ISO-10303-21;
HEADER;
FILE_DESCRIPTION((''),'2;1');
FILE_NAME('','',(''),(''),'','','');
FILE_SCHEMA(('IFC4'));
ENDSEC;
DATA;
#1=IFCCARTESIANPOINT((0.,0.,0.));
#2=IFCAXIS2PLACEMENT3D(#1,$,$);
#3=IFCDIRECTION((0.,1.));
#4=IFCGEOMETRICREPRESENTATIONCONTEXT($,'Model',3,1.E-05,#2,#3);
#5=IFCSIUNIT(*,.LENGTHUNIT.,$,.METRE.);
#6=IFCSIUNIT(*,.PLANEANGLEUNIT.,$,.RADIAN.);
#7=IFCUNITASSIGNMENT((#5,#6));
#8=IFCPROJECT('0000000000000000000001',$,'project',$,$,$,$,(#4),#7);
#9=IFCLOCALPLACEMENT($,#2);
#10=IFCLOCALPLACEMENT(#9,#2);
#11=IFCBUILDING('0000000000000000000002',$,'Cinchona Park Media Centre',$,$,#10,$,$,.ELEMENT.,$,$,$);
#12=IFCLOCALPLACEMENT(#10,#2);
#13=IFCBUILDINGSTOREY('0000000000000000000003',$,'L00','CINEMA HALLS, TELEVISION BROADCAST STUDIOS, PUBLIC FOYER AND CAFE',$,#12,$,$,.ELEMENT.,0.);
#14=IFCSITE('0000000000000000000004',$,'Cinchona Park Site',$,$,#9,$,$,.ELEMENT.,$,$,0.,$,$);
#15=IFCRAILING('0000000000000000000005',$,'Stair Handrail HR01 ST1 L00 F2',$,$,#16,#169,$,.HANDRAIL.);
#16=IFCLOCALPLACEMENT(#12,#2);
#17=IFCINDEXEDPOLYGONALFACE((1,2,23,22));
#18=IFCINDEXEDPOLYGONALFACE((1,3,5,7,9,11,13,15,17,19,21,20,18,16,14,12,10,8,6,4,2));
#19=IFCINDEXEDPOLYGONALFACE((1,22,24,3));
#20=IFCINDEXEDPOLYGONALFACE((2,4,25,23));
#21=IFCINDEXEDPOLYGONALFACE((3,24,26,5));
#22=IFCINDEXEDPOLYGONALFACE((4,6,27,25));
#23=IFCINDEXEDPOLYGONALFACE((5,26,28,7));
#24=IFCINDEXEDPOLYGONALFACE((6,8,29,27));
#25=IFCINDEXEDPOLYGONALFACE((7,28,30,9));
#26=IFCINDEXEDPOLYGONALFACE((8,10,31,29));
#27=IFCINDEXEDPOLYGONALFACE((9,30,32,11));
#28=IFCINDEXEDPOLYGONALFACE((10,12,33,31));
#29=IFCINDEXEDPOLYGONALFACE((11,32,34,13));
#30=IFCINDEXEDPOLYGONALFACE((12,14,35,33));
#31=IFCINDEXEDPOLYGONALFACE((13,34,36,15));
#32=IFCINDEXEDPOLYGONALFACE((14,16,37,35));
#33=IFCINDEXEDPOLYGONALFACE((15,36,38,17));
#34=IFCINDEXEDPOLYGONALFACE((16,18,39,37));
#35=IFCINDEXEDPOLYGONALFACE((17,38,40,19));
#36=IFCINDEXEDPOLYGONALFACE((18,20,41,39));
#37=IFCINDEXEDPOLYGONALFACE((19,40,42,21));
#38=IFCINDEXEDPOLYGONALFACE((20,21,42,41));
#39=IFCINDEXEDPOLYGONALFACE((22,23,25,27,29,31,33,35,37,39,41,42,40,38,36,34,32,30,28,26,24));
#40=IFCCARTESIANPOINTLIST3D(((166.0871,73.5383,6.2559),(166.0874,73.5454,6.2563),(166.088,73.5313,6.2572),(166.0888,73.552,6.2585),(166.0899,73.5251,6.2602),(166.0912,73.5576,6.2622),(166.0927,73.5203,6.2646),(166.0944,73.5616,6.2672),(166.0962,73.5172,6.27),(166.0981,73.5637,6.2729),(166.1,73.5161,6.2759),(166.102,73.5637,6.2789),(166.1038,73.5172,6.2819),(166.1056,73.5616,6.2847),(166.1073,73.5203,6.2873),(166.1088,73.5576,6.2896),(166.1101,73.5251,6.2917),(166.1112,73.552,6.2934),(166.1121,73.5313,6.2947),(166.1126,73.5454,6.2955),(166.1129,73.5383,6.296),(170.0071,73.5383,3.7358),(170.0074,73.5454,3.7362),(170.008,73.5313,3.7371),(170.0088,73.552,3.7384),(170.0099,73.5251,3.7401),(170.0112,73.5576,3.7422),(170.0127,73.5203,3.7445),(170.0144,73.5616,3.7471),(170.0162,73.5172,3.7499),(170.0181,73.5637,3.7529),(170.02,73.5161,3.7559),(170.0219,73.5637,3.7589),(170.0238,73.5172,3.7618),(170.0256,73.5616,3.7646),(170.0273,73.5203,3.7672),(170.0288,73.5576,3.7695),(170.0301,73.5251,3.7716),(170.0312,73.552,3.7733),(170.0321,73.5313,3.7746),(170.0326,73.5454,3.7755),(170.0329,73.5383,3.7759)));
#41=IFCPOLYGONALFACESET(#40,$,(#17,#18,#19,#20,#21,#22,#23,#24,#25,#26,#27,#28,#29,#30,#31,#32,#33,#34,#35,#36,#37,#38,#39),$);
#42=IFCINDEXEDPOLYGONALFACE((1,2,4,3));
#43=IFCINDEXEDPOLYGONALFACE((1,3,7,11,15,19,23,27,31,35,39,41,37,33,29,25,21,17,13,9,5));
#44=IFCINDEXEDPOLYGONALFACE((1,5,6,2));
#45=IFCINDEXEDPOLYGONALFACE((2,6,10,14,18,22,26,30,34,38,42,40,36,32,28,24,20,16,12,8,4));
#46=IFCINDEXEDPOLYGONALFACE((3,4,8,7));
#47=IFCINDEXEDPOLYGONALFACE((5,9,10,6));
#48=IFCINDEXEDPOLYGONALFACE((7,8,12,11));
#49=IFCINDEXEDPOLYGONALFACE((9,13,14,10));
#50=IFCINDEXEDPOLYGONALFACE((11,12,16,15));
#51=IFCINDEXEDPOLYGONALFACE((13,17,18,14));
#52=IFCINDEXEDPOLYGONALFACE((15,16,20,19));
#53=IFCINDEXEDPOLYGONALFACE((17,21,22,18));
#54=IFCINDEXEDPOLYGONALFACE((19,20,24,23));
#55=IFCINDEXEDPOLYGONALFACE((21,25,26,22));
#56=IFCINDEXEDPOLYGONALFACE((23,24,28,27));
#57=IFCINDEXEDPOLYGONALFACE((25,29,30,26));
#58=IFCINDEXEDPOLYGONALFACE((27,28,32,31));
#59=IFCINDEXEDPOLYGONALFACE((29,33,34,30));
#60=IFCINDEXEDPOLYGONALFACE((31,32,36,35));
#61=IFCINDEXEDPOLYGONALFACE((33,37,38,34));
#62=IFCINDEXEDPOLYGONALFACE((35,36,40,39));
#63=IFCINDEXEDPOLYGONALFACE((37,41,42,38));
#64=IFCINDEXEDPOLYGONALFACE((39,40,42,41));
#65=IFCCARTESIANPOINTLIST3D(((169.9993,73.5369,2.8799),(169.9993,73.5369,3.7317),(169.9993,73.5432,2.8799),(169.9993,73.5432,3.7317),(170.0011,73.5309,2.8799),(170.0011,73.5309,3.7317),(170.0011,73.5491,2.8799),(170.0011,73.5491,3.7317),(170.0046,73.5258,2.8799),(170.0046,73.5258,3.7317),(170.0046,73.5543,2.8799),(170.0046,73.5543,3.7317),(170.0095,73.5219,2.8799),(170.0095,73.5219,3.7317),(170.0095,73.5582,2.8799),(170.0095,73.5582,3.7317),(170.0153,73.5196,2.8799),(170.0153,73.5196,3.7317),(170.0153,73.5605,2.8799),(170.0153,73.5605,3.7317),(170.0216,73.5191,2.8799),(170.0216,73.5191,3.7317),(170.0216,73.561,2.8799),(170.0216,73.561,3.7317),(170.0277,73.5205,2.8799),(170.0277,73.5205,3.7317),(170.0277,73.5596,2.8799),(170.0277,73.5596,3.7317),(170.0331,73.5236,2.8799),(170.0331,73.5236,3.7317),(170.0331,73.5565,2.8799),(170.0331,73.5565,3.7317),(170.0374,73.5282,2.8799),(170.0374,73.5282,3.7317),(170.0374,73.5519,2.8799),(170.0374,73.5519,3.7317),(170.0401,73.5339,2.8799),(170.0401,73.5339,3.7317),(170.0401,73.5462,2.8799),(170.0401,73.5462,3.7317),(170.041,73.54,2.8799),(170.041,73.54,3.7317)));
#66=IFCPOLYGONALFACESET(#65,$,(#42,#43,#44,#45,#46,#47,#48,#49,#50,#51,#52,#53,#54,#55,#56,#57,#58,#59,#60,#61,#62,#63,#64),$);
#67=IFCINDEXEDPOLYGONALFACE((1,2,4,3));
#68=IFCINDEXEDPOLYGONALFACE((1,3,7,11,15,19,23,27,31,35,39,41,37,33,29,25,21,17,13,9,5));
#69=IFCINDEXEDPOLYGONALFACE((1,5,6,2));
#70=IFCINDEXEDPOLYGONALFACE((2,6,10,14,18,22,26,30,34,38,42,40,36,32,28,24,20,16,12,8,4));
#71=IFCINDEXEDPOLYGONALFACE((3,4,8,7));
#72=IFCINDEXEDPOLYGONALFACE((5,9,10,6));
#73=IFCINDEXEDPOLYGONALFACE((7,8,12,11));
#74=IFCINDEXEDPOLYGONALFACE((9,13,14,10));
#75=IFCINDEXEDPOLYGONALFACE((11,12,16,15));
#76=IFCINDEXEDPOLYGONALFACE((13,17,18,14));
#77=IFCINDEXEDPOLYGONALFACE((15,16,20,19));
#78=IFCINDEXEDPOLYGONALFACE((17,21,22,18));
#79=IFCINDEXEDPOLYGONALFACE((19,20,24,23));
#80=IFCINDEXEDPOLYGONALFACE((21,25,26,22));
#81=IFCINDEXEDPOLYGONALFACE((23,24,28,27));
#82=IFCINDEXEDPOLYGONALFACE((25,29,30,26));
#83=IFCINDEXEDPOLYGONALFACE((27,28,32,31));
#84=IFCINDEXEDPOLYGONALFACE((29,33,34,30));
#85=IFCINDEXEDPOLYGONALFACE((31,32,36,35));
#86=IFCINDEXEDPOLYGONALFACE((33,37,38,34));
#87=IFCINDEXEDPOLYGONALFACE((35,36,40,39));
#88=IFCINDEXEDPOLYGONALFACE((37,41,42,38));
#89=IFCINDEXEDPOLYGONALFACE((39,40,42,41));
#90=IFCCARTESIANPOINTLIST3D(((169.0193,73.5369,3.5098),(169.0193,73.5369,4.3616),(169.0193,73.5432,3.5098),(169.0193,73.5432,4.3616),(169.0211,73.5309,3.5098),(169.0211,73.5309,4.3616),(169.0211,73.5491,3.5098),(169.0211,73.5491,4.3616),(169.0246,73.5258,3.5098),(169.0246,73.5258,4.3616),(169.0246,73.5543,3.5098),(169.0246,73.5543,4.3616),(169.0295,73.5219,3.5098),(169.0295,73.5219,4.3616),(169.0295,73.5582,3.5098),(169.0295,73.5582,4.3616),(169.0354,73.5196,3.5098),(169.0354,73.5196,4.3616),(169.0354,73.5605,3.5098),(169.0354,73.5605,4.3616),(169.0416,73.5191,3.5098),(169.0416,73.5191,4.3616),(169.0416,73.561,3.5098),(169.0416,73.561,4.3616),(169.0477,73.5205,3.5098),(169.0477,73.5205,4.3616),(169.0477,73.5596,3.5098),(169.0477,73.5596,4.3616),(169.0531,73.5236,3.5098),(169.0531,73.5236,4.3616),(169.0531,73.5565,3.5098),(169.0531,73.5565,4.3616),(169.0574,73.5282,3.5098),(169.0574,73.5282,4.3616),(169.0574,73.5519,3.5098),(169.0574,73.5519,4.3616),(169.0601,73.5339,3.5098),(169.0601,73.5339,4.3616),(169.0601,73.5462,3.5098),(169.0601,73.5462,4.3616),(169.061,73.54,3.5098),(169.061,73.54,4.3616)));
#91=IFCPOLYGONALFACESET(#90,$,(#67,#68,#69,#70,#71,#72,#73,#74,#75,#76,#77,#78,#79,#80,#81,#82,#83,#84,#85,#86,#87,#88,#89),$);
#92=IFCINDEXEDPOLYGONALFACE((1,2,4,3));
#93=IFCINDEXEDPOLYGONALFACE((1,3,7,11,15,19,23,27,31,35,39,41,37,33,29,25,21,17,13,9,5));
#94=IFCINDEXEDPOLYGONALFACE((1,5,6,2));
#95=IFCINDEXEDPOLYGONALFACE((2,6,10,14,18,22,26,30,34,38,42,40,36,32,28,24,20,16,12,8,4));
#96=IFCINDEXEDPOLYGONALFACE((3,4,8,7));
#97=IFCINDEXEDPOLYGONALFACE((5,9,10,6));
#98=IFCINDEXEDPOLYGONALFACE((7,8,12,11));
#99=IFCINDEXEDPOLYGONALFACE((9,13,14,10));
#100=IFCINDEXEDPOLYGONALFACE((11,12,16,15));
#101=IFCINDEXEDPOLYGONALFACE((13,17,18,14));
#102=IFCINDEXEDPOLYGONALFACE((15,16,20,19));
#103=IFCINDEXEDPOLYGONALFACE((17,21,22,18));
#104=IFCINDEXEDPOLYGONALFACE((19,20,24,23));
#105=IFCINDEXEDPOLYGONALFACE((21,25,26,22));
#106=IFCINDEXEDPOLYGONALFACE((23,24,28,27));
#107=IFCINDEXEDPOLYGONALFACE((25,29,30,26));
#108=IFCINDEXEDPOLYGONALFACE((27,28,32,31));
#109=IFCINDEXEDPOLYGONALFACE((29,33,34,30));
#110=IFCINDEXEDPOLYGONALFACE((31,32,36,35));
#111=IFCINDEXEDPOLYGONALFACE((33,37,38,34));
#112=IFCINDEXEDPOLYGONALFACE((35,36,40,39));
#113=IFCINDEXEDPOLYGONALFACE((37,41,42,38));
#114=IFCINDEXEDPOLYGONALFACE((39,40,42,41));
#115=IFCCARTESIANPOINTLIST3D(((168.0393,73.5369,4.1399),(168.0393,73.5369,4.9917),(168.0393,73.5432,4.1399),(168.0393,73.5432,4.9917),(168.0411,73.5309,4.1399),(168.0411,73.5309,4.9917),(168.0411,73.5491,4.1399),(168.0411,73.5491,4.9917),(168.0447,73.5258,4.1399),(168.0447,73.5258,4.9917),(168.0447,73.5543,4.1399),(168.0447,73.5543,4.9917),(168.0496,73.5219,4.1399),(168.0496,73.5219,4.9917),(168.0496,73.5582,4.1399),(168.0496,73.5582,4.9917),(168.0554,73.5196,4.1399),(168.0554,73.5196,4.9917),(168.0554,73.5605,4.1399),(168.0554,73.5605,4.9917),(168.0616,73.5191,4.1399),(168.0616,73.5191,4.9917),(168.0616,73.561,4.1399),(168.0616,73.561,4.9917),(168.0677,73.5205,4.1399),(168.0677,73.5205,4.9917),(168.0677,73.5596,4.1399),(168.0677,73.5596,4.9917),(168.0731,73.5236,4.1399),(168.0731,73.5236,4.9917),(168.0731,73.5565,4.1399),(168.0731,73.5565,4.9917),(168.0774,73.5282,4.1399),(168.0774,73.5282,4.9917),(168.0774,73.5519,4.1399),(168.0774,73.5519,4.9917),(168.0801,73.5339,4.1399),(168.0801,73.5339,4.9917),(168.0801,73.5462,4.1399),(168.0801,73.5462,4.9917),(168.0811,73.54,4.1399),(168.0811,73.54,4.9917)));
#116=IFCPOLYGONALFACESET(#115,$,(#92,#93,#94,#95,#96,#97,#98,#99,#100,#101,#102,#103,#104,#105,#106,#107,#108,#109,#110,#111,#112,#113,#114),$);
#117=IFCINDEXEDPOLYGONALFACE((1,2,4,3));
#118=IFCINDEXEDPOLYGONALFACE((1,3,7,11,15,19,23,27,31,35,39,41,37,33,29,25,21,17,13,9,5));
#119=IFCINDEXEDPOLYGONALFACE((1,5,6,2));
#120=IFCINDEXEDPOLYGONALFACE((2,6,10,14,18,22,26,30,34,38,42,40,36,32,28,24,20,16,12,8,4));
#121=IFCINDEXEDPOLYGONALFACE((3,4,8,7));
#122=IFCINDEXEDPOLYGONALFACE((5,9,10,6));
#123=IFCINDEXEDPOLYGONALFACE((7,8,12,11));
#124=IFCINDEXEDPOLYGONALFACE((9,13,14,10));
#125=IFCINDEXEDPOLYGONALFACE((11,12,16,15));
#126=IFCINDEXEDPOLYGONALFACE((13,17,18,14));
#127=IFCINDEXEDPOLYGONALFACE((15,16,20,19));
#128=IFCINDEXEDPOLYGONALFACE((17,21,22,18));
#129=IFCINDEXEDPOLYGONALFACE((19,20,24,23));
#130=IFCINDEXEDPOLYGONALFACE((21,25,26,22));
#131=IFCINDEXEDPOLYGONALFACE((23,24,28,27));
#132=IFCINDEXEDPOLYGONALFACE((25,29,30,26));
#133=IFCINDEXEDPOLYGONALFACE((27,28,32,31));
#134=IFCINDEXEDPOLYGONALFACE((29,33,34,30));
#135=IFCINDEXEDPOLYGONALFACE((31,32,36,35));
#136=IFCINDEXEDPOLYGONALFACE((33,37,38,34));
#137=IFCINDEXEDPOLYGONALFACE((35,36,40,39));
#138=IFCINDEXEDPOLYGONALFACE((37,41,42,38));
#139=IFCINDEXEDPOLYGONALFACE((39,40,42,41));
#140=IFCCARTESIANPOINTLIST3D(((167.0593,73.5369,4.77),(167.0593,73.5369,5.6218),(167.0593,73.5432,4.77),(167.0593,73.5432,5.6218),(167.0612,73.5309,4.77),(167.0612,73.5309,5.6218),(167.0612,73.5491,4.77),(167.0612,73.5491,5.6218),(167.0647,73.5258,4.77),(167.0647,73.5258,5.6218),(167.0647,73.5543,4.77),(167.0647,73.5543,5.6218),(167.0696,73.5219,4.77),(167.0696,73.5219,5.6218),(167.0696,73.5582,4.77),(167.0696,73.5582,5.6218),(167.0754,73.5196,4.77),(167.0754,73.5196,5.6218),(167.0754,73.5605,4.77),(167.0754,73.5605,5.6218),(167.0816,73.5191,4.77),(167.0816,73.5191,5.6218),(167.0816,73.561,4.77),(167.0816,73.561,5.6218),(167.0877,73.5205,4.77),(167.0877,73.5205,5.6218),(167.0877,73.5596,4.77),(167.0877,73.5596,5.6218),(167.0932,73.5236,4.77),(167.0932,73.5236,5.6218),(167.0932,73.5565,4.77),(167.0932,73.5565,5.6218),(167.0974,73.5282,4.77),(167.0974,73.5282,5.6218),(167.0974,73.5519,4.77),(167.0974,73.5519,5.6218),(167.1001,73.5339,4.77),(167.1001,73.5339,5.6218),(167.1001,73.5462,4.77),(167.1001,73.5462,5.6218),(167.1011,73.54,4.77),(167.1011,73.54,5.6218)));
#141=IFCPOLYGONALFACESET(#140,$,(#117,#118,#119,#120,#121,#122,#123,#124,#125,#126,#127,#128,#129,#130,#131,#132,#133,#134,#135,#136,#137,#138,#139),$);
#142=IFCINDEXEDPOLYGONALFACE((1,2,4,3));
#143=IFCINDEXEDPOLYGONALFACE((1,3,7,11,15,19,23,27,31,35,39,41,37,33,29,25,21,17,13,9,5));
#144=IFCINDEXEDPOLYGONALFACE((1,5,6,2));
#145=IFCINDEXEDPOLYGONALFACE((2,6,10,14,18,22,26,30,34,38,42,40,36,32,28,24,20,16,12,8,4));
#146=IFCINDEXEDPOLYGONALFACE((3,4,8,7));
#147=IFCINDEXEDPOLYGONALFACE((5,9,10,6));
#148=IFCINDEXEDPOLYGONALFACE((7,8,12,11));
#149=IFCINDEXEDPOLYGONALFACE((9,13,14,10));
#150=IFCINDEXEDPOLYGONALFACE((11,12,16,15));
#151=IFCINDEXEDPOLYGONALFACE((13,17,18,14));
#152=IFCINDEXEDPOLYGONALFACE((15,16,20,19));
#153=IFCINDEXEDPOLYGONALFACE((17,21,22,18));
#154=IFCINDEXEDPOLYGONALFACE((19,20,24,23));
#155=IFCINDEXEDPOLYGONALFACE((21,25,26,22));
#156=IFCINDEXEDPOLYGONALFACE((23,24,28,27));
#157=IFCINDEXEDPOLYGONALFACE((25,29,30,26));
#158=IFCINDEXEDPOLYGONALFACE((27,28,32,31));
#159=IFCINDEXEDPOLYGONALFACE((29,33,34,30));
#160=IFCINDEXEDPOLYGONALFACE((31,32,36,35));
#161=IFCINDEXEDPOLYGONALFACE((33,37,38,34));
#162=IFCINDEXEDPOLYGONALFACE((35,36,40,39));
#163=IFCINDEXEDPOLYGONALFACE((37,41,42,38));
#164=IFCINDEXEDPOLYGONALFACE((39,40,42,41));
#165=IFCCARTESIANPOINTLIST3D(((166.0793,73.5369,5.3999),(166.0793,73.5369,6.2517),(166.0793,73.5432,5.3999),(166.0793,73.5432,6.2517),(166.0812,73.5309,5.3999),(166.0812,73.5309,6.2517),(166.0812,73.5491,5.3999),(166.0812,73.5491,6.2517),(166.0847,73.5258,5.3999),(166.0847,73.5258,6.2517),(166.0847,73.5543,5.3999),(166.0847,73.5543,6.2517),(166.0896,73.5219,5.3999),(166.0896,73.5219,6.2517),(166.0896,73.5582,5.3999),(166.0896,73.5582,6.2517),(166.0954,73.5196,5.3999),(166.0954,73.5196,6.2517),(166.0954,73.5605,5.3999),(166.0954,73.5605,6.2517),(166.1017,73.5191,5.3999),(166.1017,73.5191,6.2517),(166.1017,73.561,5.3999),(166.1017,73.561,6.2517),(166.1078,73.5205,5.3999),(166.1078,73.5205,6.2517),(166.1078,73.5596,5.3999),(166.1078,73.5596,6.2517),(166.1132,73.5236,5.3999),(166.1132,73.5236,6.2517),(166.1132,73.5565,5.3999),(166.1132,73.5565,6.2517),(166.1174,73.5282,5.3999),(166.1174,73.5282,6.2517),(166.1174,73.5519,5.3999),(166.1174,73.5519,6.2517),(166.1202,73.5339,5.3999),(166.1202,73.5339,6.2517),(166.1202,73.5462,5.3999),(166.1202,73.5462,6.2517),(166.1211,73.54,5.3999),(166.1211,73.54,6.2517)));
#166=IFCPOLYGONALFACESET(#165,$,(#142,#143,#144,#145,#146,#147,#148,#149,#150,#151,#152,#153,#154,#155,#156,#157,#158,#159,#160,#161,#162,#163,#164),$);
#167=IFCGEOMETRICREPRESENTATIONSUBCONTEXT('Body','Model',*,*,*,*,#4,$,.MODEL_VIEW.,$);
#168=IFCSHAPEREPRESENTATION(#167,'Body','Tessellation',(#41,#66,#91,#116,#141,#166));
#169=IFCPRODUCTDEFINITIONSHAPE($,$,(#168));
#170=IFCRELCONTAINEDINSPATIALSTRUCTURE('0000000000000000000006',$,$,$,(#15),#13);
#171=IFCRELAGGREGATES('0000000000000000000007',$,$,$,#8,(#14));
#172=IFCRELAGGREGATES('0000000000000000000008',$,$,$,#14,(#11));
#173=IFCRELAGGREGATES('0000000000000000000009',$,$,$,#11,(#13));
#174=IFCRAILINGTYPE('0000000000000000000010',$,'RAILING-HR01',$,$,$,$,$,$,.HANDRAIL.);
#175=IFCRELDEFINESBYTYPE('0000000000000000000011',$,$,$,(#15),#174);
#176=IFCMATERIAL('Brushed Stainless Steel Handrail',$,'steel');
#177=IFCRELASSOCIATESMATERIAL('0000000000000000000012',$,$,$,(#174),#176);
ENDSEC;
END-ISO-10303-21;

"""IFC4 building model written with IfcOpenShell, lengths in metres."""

from ifc_helpers import new_model, si_unit, direction, frame, origin, origin_2d, place, context, subcontext, project, spatial, circle, extrude, material, type_object, element, save


model = new_model("IFC4")

# Units and contexts
model_context = context("Model", 3, precision=1e-05, world=origin(), true_north=direction((0.0, 1.0)))
body_context = subcontext(model_context, "Body", "Model", "MODEL_VIEW")
ifc_project = project(units=[si_unit("LENGTHUNIT", "METRE"), si_unit("PLANEANGLEUNIT", "RADIAN")], contexts=[model_context])

# Site, building, storey
site_placement = place(None, origin())
site = spatial("IfcSite", under=ifc_project, at=site_placement, Name="Cinchona Park Site", CompositionType="ELEMENT", RefElevation=0.0)
building_placement = place(site_placement, origin())
building = spatial("IfcBuilding", under=site, at=building_placement, Name="Cinchona Park Media Centre", CompositionType="ELEMENT")
storey_placement = place(building_placement, origin())
storey = spatial("IfcBuildingStorey", under=building, at=storey_placement, Name="L00", Description="CINEMA HALLS, TELEVISION BROADCAST STUDIOS, PUBLIC FOYER AND CAFE", CompositionType="ELEMENT", Elevation=0.0)

# Railing
ifc_material_1 = material(Name="Brushed Stainless Steel Handrail", Category="steel")
railing_type_1 = type_object("IfcRailingType", Name="RAILING-HR01", PredefinedType="HANDRAIL", material=ifc_material_1)
railing_1_placement = place(storey_placement, frame((170.02, 73.54, 2.8799)))
element("IfcRailing", 1, at=railing_1_placement, inside=storey, type_object=railing_type_1, Name="Stair Handrail HR01 ST1 L00 F2", PredefinedType="HANDRAIL", context=body_context, shape_type="SweptSolid", body=[
    extrude(circle(Radius=0.0239, at=origin_2d()), frame((0.0, 0.0, 0.876), z_axis=(-0.841172, 0.0, 0.540768), x_axis=(0.0, -1.0, 0.0)), (0.0, 0.0, 1.0), 4.6602),
    extrude(circle(Radius=0.021, at=origin_2d()), origin(), (0.0, 0.0, 1.0), 0.8518),
    extrude(circle(Radius=0.021, at=origin_2d()), frame((-0.98, 0.0, 0.6299)), (0.0, 0.0, 1.0), 0.8518),
    extrude(circle(Radius=0.021, at=origin_2d()), frame((-1.96, 0.0, 1.26)), (0.0, 0.0, 1.0), 0.8518),
    extrude(circle(Radius=0.021, at=origin_2d()), frame((-2.9399, 0.0, 1.8901)), (0.0, 0.0, 1.0), 0.8518),
    extrude(circle(Radius=0.021, at=origin_2d()), frame((-3.9199, 0.0, 2.52)), (0.0, 0.0, 1.0), 0.8518),
])

save(model, "model.ifc")
